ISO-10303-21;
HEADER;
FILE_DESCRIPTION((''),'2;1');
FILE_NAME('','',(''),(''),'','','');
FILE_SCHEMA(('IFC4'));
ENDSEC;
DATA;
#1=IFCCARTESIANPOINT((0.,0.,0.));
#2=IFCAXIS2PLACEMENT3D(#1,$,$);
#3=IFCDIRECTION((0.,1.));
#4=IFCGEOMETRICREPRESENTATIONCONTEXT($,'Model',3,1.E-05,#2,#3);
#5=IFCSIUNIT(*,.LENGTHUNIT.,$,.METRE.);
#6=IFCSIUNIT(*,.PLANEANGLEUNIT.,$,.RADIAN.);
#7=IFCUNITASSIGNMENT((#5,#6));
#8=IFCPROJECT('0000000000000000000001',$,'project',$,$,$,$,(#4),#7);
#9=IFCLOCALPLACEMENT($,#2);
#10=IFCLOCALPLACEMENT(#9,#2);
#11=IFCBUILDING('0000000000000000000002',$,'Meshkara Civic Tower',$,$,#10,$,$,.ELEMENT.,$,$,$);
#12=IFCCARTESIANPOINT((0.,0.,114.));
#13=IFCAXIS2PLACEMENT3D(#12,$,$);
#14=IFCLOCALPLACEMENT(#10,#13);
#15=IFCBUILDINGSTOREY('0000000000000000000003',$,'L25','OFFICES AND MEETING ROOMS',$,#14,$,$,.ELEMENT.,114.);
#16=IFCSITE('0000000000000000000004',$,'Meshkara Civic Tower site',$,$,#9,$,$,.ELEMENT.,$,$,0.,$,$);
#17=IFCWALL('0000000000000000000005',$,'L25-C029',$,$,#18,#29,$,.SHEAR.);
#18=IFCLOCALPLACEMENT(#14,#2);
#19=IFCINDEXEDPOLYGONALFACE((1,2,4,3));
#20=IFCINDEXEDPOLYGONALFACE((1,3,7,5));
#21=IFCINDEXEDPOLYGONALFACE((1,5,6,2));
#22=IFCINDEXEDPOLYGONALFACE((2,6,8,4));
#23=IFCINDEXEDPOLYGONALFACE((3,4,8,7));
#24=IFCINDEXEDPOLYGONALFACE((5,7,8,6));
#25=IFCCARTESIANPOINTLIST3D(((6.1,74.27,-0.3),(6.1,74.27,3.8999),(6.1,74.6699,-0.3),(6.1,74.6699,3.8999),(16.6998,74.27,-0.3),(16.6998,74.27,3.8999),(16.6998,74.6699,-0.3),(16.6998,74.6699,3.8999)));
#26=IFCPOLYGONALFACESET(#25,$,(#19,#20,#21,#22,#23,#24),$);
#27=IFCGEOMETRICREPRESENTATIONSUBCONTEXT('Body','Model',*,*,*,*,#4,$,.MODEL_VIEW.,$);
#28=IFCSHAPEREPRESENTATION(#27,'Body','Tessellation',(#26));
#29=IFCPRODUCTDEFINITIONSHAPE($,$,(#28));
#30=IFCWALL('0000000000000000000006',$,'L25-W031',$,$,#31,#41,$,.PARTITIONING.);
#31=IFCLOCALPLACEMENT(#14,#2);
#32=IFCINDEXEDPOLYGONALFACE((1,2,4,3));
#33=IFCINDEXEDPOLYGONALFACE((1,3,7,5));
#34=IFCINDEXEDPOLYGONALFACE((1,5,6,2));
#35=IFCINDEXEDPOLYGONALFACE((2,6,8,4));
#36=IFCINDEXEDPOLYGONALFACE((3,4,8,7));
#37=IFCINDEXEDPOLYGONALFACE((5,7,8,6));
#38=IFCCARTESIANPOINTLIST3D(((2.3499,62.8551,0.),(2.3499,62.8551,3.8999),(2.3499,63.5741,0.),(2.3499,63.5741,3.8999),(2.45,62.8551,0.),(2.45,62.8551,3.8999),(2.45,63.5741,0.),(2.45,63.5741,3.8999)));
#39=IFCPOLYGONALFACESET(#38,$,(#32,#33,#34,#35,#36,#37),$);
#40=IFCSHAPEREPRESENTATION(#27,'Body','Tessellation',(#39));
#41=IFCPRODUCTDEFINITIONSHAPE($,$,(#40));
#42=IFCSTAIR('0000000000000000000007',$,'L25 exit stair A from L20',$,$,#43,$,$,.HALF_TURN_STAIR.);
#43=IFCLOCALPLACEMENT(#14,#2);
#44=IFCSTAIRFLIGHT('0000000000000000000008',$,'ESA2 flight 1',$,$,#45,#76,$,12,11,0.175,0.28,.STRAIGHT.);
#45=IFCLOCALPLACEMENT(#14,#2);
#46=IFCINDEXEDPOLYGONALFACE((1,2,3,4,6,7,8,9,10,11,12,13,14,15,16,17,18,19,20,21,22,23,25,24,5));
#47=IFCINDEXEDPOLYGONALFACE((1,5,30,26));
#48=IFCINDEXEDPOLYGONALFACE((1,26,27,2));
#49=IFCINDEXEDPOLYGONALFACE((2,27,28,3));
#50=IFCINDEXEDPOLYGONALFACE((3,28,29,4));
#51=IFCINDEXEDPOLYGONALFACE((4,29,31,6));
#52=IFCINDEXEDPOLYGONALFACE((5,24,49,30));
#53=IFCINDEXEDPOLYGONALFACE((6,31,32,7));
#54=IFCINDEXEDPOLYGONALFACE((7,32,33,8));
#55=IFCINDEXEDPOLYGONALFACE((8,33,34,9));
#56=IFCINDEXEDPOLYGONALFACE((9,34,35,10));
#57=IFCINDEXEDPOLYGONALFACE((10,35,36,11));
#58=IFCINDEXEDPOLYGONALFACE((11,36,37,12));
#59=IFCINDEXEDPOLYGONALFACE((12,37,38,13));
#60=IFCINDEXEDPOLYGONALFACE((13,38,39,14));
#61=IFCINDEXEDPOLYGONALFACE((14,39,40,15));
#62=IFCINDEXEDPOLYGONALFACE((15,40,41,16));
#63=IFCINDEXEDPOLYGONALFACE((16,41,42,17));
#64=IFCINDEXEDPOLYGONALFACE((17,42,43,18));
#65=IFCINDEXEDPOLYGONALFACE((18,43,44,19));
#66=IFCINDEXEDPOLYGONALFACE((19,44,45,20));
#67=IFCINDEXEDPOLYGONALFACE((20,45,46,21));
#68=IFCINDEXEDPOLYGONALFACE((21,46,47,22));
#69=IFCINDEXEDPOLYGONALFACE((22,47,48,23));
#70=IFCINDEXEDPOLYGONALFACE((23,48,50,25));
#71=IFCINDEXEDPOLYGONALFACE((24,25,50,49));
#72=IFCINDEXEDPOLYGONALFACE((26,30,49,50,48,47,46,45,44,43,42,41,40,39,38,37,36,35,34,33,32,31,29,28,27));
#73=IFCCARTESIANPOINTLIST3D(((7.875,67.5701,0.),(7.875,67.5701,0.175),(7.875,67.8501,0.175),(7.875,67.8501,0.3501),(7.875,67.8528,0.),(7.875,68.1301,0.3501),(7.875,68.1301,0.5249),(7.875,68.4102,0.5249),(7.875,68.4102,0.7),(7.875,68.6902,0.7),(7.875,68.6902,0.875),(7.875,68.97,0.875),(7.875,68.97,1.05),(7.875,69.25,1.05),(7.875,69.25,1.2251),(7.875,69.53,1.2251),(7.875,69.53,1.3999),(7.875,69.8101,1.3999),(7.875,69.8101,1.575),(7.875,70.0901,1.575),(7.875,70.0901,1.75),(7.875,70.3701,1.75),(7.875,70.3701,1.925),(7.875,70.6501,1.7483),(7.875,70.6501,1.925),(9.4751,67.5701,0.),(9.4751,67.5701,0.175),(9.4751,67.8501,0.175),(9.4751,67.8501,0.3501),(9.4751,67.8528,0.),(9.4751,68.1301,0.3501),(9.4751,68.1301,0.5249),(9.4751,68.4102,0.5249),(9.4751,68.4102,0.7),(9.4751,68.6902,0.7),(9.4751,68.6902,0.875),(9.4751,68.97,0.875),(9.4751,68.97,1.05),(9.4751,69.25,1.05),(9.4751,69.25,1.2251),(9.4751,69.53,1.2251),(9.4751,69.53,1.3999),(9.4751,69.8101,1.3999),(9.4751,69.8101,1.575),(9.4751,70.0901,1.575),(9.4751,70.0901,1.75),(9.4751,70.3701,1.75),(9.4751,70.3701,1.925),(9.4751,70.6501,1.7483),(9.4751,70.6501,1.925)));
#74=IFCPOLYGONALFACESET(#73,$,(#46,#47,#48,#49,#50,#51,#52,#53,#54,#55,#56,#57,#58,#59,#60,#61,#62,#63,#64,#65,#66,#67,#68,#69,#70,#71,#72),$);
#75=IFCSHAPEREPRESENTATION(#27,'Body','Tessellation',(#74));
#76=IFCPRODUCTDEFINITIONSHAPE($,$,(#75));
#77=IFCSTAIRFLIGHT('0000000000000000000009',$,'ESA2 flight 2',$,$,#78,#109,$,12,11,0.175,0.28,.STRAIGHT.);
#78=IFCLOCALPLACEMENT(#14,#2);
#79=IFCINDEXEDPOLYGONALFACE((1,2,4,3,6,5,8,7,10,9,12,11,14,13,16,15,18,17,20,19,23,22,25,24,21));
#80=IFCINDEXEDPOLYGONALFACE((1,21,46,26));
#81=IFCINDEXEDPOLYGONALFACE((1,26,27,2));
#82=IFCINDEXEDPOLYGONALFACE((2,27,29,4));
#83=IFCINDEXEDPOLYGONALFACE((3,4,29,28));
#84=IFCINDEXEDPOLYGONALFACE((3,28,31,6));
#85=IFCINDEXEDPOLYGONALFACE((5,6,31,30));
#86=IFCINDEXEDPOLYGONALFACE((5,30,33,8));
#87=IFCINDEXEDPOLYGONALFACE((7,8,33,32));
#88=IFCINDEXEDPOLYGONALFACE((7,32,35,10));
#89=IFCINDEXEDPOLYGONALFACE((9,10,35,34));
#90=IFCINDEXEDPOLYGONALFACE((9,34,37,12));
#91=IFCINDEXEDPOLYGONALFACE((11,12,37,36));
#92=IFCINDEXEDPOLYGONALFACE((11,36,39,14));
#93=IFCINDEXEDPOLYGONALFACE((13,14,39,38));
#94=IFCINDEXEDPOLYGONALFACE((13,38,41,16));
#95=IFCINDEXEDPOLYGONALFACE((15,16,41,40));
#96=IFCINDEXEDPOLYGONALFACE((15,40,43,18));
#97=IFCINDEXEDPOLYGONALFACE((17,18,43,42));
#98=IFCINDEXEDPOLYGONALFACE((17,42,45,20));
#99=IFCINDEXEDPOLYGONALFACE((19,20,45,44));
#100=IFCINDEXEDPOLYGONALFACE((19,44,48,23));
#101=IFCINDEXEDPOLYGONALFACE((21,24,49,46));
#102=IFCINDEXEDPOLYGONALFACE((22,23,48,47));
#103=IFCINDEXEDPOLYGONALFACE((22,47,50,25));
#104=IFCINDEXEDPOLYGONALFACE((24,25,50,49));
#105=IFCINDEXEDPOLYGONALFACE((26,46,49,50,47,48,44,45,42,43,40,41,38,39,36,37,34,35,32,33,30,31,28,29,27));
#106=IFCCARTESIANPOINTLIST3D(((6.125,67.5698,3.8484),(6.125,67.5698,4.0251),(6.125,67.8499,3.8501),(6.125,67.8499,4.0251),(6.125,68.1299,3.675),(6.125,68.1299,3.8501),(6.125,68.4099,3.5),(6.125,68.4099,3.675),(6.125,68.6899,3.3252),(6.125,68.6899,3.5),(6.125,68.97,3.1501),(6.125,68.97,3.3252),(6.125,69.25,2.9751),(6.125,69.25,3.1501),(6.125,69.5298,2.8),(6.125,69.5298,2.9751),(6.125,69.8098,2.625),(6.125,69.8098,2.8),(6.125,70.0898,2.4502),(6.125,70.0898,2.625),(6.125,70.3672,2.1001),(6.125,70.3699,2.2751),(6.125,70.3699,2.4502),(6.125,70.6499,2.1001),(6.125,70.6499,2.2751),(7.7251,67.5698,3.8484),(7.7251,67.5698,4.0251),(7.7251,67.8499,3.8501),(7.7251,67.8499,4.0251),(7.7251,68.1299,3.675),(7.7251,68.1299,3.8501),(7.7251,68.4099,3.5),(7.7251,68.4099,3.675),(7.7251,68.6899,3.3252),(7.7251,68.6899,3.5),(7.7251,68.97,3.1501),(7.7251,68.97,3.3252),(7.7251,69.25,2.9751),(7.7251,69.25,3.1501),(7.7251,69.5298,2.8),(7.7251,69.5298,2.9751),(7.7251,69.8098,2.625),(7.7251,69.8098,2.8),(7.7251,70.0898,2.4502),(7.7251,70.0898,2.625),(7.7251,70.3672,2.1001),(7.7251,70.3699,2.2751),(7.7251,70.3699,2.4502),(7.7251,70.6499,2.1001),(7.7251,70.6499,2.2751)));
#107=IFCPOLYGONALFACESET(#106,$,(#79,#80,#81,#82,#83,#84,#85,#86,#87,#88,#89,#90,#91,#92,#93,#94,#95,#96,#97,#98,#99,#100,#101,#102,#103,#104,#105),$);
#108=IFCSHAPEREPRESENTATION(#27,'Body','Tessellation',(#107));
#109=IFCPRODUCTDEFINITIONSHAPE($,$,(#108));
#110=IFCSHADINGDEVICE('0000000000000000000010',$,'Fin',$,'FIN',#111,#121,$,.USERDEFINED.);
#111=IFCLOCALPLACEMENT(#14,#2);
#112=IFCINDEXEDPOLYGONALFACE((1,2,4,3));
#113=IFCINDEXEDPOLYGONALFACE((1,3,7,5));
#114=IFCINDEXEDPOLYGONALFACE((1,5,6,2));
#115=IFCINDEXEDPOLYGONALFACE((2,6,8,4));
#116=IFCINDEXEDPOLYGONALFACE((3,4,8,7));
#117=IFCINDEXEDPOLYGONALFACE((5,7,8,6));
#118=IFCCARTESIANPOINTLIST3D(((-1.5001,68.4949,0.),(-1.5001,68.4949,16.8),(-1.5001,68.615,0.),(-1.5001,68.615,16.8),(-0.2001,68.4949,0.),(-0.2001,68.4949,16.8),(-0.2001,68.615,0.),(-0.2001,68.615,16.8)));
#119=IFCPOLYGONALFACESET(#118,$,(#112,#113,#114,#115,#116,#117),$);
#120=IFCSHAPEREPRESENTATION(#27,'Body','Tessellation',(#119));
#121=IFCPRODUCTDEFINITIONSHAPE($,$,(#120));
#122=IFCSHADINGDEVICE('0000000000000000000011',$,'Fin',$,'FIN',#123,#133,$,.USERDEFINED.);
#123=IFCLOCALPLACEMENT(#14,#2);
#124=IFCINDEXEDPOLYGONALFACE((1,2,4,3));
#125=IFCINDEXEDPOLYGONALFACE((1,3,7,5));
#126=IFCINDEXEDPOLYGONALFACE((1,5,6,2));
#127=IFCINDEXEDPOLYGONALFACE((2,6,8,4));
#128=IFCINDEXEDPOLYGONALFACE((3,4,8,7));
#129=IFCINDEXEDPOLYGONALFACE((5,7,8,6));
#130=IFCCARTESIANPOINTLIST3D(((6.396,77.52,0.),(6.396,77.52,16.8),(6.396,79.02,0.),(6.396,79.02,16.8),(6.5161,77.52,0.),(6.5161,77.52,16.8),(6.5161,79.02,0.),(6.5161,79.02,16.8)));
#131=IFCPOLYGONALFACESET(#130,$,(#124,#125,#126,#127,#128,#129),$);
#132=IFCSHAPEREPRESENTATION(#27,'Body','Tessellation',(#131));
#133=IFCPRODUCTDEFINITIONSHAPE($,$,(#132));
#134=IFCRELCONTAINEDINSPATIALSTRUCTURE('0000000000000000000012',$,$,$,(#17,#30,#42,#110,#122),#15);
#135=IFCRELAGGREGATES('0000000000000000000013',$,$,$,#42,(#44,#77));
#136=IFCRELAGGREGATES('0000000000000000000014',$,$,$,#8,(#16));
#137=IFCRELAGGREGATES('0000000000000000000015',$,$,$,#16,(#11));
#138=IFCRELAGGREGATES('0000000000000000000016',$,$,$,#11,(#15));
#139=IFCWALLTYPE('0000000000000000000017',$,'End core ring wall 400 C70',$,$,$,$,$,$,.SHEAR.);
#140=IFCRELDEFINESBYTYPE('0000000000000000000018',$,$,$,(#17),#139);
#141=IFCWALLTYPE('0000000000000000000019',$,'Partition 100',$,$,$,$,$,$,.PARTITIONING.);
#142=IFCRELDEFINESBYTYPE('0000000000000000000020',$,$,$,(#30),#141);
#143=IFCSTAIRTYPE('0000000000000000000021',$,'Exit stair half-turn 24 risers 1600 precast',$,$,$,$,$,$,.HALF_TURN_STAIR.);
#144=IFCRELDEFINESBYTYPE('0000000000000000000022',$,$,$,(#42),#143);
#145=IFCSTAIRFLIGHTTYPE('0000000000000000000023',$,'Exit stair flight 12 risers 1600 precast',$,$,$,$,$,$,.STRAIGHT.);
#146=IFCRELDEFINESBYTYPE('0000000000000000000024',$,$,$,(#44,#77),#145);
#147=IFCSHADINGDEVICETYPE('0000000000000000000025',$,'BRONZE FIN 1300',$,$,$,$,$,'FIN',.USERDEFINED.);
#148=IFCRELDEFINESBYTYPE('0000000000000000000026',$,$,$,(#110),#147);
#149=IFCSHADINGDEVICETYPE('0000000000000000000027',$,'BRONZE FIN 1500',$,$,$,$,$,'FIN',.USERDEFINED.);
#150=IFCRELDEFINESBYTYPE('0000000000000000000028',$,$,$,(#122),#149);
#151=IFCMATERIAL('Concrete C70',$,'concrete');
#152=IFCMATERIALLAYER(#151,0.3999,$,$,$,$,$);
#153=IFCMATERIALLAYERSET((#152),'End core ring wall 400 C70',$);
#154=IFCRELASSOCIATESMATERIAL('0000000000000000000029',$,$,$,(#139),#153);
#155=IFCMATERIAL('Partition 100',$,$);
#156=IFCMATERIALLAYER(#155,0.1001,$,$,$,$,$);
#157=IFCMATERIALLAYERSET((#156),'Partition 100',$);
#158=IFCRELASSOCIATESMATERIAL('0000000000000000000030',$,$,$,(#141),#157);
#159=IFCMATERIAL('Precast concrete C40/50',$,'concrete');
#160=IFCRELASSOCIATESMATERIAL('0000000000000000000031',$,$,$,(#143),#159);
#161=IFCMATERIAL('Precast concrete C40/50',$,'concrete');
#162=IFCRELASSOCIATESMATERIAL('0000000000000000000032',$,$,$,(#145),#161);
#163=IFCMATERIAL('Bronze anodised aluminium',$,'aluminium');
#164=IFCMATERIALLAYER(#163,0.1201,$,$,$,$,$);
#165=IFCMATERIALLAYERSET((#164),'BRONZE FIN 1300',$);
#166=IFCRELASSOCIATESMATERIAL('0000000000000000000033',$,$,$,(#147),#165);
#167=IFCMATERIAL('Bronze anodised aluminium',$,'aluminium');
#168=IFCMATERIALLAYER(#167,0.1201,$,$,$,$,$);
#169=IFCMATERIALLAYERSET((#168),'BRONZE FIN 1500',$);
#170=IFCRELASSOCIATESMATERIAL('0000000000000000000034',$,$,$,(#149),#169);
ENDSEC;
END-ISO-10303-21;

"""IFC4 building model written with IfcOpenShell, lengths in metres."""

from ifc_helpers import new_model, si_unit, direction, frame, frame_2d, origin, origin_2d, place, context, subcontext, project, spatial, polyline, rectangle, outline, extrude, material, layer, layer_set, type_object, element, aggregate, save


model = new_model("IFC4")

# Units and contexts
model_context = context("Model", 3, precision=1e-05, world=origin(), true_north=direction((0.0, 1.0)))
body_context = subcontext(model_context, "Body", "Model", "MODEL_VIEW")
ifc_project = project(units=[si_unit("LENGTHUNIT", "METRE"), si_unit("PLANEANGLEUNIT", "RADIAN")], contexts=[model_context])

# Site, building, storey
site_placement = place(None, origin())
site = spatial("IfcSite", under=ifc_project, at=site_placement, Name="Meshkara Civic Tower site", CompositionType="ELEMENT", RefElevation=0.0)
building_placement = place(site_placement, origin())
building = spatial("IfcBuilding", under=site, at=building_placement, Name="Meshkara Civic Tower", CompositionType="ELEMENT")
storey_placement = place(building_placement, frame((0.0, 0.0, 114.0)))
storey = spatial("IfcBuildingStorey", under=building, at=storey_placement, Name="L25", Description="OFFICES AND MEETING ROOMS", CompositionType="ELEMENT", Elevation=114.0)

# Shared definitions
ifc_material_1 = material(Name="Concrete C70", Category="concrete")
ifc_layer_1 = layer(ifc_material_1, 0.3999)
ifc_layer_set_1 = layer_set([ifc_layer_1], Name="End core ring wall 400 C70")
wall_type_1 = type_object("IfcWallType", Name="End core ring wall 400 C70", PredefinedType="SHEAR", material=ifc_layer_set_1)

# Walls
wall_1_placement = place(storey_placement, frame((6.1001, 74.47, -0.3), z_axis=(0.0, 0.0, 1.0), x_axis=(1.0, 0.0, 0.0)))
element("IfcWall", 1, at=wall_1_placement, inside=storey, type_object=wall_type_1, Name="L25-C029", PredefinedType="SHEAR", context=body_context, shape_type="SweptSolid", body=[
    extrude(rectangle(XDim=10.5999, YDim=0.3999, at=frame_2d((5.2998, 0.0))), origin(), (0.0, 0.0, 1.0), 4.2),
])
ifc_material_2 = material(Name="Partition 100")
ifc_layer_2 = layer(ifc_material_2, 0.1001)
ifc_layer_set_2 = layer_set([ifc_layer_2], Name="Partition 100")
wall_type_2 = type_object("IfcWallType", Name="Partition 100", PredefinedType="PARTITIONING", material=ifc_layer_set_2)
wall_2_placement = place(storey_placement, frame((2.3999, 63.574, 0.0), z_axis=(0.0, 0.0, 1.0), x_axis=(0.0, -1.0, 0.0)))
element("IfcWall", 2, at=wall_2_placement, inside=storey, type_object=wall_type_2, Name="L25-W031", PredefinedType="PARTITIONING", context=body_context, shape_type="SweptSolid", body=[
    extrude(rectangle(XDim=0.719, YDim=0.1001, at=frame_2d((0.3594, 0.0))), origin(), (0.0, 0.0, 1.0), 3.8999),
])

# Stair, stair flights
ifc_material_3 = material(Name="Precast concrete C40/50", Category="concrete")
stair_type = type_object("IfcStairType", Name="Exit stair half-turn 24 risers 1600 precast", PredefinedType="HALF_TURN_STAIR", material=ifc_material_3)
stair_placement = place(storey_placement, origin())
stair = element("IfcStair", 3, at=stair_placement, inside=storey, type_object=stair_type, Name="L25 exit stair A from L20", PredefinedType="HALF_TURN_STAIR")
ifc_material_4 = material(Name="Precast concrete C40/50", Category="concrete")
stair_flight_type = type_object("IfcStairFlightType", Name="Exit stair flight 12 risers 1600 precast", PredefinedType="STRAIGHT", material=ifc_material_4)
stair_flight_1_placement = place(storey_placement, frame((8.675, 67.5701, 0.0), z_axis=(0.0, 0.0, 1.0), x_axis=(0.0, 1.0, 0.0)))
stair_flight_1 = element("IfcStairFlight", 4, at=stair_flight_1_placement, type_object=stair_flight_type, Name="ESA2 flight 1", NumberOfRisers=12, NumberOfTreads=11, PredefinedType="STRAIGHT", RiserHeight=0.175, TreadLength=0.28, context=body_context, shape_type="SweptSolid", body=[
    extrude(outline(polyline([(0.0, 0.0), (0.0, 0.175), (0.28, 0.175), (0.28, 0.3501), (0.5601, 0.3501), (0.5601, 0.5249), (0.8401, 0.5249), (0.8401, 0.7), (1.1201, 0.7), (1.1201, 0.875), (1.3999, 0.875), (1.3999, 1.05), (1.6799, 1.05), (1.6799, 1.2251), (1.96, 1.2251), (1.96, 1.3999), (2.24, 1.3999), (2.24, 1.575), (2.52, 1.575), (2.52, 1.75), (2.8, 1.75), (2.8, 1.925), (3.0801, 1.925), (3.0801, 2.1001), (3.0801, 1.7483), (0.2827, 0.0), (0.0, 0.0)])), frame((0.0, 0.8, 0.0), z_axis=(0.0, -1.0, 0.0), x_axis=(1.0, 0.0, 0.0)), (0.0, 0.0, 1.0), 1.6001),
])
stair_flight_2_placement = place(storey_placement, frame((6.925, 70.6499, 2.1001), z_axis=(0.0, 0.0, 1.0), x_axis=(0.0, -1.0, 0.0)))
stair_flight_2 = element("IfcStairFlight", 5, at=stair_flight_2_placement, type_object=stair_flight_type, Name="ESA2 flight 2", NumberOfRisers=12, NumberOfTreads=11, PredefinedType="STRAIGHT", RiserHeight=0.175, TreadLength=0.28, context=body_context, shape_type="SweptSolid", body=[
    extrude(outline(polyline([(0.0, 0.0), (0.0, 0.175), (0.28, 0.175), (0.28, 0.3501), (0.5601, 0.3501), (0.5601, 0.5249), (0.8401, 0.5249), (0.8401, 0.7), (1.1201, 0.7), (1.1201, 0.875), (1.3999, 0.875), (1.3999, 1.05), (1.6799, 1.05), (1.6799, 1.2251), (1.96, 1.2251), (1.96, 1.3999), (2.24, 1.3999), (2.24, 1.575), (2.52, 1.575), (2.52, 1.75), (2.8, 1.75), (2.8, 1.925), (3.0801, 1.925), (3.0801, 2.1001), (3.0801, 1.7483), (0.2827, 0.0), (0.0, 0.0)])), frame((0.0, 0.8, 0.0), z_axis=(0.0, -1.0, 0.0), x_axis=(1.0, 0.0, 0.0)), (0.0, 0.0, 1.0), 1.6001),
])
aggregate(stair, [stair_flight_1, stair_flight_2])

# Shading devices
ifc_material_5 = material(Name="Bronze anodised aluminium", Category="aluminium")
ifc_layer_3 = layer(ifc_material_5, 0.1201)
ifc_layer_set_3 = layer_set([ifc_layer_3], Name="BRONZE FIN 1300")
shading_device_type_1 = type_object("IfcShadingDeviceType", Name="BRONZE FIN 1300", ElementType="FIN", PredefinedType="USERDEFINED", material=ifc_layer_set_3)
shading_device_1_placement = place(storey_placement, frame((-0.8501, 68.5549, 0.0), z_axis=(0.0, 0.0, 1.0), x_axis=(0.0, -1.0, 0.0)))
element("IfcShadingDevice", 6, at=shading_device_1_placement, inside=storey, type_object=shading_device_type_1, Name="Fin", ObjectType="FIN", PredefinedType="USERDEFINED", context=body_context, shape_type="SweptSolid", body=[
    extrude(rectangle(XDim=0.1201, YDim=1.3, at=origin_2d()), origin(), (0.0, 0.0, 1.0), 16.8),
])
ifc_material_6 = material(Name="Bronze anodised aluminium", Category="aluminium")
ifc_layer_4 = layer(ifc_material_6, 0.1201)
ifc_layer_set_4 = layer_set([ifc_layer_4], Name="BRONZE FIN 1500")
shading_device_type_2 = type_object("IfcShadingDeviceType", Name="BRONZE FIN 1500", ElementType="FIN", PredefinedType="USERDEFINED", material=ifc_layer_set_4)
shading_device_2_placement = place(storey_placement, frame((6.4561, 78.27, 0.0), z_axis=(0.0, 0.0, 1.0), x_axis=(-1.0, 0.0, 0.0)))
element("IfcShadingDevice", 7, at=shading_device_2_placement, inside=storey, type_object=shading_device_type_2, Name="Fin", ObjectType="FIN", PredefinedType="USERDEFINED", context=body_context, shape_type="SweptSolid", body=[
    extrude(rectangle(XDim=0.1201, YDim=1.5, at=origin_2d()), origin(), (0.0, 0.0, 1.0), 16.8),
])

save(model, "model.ifc")
